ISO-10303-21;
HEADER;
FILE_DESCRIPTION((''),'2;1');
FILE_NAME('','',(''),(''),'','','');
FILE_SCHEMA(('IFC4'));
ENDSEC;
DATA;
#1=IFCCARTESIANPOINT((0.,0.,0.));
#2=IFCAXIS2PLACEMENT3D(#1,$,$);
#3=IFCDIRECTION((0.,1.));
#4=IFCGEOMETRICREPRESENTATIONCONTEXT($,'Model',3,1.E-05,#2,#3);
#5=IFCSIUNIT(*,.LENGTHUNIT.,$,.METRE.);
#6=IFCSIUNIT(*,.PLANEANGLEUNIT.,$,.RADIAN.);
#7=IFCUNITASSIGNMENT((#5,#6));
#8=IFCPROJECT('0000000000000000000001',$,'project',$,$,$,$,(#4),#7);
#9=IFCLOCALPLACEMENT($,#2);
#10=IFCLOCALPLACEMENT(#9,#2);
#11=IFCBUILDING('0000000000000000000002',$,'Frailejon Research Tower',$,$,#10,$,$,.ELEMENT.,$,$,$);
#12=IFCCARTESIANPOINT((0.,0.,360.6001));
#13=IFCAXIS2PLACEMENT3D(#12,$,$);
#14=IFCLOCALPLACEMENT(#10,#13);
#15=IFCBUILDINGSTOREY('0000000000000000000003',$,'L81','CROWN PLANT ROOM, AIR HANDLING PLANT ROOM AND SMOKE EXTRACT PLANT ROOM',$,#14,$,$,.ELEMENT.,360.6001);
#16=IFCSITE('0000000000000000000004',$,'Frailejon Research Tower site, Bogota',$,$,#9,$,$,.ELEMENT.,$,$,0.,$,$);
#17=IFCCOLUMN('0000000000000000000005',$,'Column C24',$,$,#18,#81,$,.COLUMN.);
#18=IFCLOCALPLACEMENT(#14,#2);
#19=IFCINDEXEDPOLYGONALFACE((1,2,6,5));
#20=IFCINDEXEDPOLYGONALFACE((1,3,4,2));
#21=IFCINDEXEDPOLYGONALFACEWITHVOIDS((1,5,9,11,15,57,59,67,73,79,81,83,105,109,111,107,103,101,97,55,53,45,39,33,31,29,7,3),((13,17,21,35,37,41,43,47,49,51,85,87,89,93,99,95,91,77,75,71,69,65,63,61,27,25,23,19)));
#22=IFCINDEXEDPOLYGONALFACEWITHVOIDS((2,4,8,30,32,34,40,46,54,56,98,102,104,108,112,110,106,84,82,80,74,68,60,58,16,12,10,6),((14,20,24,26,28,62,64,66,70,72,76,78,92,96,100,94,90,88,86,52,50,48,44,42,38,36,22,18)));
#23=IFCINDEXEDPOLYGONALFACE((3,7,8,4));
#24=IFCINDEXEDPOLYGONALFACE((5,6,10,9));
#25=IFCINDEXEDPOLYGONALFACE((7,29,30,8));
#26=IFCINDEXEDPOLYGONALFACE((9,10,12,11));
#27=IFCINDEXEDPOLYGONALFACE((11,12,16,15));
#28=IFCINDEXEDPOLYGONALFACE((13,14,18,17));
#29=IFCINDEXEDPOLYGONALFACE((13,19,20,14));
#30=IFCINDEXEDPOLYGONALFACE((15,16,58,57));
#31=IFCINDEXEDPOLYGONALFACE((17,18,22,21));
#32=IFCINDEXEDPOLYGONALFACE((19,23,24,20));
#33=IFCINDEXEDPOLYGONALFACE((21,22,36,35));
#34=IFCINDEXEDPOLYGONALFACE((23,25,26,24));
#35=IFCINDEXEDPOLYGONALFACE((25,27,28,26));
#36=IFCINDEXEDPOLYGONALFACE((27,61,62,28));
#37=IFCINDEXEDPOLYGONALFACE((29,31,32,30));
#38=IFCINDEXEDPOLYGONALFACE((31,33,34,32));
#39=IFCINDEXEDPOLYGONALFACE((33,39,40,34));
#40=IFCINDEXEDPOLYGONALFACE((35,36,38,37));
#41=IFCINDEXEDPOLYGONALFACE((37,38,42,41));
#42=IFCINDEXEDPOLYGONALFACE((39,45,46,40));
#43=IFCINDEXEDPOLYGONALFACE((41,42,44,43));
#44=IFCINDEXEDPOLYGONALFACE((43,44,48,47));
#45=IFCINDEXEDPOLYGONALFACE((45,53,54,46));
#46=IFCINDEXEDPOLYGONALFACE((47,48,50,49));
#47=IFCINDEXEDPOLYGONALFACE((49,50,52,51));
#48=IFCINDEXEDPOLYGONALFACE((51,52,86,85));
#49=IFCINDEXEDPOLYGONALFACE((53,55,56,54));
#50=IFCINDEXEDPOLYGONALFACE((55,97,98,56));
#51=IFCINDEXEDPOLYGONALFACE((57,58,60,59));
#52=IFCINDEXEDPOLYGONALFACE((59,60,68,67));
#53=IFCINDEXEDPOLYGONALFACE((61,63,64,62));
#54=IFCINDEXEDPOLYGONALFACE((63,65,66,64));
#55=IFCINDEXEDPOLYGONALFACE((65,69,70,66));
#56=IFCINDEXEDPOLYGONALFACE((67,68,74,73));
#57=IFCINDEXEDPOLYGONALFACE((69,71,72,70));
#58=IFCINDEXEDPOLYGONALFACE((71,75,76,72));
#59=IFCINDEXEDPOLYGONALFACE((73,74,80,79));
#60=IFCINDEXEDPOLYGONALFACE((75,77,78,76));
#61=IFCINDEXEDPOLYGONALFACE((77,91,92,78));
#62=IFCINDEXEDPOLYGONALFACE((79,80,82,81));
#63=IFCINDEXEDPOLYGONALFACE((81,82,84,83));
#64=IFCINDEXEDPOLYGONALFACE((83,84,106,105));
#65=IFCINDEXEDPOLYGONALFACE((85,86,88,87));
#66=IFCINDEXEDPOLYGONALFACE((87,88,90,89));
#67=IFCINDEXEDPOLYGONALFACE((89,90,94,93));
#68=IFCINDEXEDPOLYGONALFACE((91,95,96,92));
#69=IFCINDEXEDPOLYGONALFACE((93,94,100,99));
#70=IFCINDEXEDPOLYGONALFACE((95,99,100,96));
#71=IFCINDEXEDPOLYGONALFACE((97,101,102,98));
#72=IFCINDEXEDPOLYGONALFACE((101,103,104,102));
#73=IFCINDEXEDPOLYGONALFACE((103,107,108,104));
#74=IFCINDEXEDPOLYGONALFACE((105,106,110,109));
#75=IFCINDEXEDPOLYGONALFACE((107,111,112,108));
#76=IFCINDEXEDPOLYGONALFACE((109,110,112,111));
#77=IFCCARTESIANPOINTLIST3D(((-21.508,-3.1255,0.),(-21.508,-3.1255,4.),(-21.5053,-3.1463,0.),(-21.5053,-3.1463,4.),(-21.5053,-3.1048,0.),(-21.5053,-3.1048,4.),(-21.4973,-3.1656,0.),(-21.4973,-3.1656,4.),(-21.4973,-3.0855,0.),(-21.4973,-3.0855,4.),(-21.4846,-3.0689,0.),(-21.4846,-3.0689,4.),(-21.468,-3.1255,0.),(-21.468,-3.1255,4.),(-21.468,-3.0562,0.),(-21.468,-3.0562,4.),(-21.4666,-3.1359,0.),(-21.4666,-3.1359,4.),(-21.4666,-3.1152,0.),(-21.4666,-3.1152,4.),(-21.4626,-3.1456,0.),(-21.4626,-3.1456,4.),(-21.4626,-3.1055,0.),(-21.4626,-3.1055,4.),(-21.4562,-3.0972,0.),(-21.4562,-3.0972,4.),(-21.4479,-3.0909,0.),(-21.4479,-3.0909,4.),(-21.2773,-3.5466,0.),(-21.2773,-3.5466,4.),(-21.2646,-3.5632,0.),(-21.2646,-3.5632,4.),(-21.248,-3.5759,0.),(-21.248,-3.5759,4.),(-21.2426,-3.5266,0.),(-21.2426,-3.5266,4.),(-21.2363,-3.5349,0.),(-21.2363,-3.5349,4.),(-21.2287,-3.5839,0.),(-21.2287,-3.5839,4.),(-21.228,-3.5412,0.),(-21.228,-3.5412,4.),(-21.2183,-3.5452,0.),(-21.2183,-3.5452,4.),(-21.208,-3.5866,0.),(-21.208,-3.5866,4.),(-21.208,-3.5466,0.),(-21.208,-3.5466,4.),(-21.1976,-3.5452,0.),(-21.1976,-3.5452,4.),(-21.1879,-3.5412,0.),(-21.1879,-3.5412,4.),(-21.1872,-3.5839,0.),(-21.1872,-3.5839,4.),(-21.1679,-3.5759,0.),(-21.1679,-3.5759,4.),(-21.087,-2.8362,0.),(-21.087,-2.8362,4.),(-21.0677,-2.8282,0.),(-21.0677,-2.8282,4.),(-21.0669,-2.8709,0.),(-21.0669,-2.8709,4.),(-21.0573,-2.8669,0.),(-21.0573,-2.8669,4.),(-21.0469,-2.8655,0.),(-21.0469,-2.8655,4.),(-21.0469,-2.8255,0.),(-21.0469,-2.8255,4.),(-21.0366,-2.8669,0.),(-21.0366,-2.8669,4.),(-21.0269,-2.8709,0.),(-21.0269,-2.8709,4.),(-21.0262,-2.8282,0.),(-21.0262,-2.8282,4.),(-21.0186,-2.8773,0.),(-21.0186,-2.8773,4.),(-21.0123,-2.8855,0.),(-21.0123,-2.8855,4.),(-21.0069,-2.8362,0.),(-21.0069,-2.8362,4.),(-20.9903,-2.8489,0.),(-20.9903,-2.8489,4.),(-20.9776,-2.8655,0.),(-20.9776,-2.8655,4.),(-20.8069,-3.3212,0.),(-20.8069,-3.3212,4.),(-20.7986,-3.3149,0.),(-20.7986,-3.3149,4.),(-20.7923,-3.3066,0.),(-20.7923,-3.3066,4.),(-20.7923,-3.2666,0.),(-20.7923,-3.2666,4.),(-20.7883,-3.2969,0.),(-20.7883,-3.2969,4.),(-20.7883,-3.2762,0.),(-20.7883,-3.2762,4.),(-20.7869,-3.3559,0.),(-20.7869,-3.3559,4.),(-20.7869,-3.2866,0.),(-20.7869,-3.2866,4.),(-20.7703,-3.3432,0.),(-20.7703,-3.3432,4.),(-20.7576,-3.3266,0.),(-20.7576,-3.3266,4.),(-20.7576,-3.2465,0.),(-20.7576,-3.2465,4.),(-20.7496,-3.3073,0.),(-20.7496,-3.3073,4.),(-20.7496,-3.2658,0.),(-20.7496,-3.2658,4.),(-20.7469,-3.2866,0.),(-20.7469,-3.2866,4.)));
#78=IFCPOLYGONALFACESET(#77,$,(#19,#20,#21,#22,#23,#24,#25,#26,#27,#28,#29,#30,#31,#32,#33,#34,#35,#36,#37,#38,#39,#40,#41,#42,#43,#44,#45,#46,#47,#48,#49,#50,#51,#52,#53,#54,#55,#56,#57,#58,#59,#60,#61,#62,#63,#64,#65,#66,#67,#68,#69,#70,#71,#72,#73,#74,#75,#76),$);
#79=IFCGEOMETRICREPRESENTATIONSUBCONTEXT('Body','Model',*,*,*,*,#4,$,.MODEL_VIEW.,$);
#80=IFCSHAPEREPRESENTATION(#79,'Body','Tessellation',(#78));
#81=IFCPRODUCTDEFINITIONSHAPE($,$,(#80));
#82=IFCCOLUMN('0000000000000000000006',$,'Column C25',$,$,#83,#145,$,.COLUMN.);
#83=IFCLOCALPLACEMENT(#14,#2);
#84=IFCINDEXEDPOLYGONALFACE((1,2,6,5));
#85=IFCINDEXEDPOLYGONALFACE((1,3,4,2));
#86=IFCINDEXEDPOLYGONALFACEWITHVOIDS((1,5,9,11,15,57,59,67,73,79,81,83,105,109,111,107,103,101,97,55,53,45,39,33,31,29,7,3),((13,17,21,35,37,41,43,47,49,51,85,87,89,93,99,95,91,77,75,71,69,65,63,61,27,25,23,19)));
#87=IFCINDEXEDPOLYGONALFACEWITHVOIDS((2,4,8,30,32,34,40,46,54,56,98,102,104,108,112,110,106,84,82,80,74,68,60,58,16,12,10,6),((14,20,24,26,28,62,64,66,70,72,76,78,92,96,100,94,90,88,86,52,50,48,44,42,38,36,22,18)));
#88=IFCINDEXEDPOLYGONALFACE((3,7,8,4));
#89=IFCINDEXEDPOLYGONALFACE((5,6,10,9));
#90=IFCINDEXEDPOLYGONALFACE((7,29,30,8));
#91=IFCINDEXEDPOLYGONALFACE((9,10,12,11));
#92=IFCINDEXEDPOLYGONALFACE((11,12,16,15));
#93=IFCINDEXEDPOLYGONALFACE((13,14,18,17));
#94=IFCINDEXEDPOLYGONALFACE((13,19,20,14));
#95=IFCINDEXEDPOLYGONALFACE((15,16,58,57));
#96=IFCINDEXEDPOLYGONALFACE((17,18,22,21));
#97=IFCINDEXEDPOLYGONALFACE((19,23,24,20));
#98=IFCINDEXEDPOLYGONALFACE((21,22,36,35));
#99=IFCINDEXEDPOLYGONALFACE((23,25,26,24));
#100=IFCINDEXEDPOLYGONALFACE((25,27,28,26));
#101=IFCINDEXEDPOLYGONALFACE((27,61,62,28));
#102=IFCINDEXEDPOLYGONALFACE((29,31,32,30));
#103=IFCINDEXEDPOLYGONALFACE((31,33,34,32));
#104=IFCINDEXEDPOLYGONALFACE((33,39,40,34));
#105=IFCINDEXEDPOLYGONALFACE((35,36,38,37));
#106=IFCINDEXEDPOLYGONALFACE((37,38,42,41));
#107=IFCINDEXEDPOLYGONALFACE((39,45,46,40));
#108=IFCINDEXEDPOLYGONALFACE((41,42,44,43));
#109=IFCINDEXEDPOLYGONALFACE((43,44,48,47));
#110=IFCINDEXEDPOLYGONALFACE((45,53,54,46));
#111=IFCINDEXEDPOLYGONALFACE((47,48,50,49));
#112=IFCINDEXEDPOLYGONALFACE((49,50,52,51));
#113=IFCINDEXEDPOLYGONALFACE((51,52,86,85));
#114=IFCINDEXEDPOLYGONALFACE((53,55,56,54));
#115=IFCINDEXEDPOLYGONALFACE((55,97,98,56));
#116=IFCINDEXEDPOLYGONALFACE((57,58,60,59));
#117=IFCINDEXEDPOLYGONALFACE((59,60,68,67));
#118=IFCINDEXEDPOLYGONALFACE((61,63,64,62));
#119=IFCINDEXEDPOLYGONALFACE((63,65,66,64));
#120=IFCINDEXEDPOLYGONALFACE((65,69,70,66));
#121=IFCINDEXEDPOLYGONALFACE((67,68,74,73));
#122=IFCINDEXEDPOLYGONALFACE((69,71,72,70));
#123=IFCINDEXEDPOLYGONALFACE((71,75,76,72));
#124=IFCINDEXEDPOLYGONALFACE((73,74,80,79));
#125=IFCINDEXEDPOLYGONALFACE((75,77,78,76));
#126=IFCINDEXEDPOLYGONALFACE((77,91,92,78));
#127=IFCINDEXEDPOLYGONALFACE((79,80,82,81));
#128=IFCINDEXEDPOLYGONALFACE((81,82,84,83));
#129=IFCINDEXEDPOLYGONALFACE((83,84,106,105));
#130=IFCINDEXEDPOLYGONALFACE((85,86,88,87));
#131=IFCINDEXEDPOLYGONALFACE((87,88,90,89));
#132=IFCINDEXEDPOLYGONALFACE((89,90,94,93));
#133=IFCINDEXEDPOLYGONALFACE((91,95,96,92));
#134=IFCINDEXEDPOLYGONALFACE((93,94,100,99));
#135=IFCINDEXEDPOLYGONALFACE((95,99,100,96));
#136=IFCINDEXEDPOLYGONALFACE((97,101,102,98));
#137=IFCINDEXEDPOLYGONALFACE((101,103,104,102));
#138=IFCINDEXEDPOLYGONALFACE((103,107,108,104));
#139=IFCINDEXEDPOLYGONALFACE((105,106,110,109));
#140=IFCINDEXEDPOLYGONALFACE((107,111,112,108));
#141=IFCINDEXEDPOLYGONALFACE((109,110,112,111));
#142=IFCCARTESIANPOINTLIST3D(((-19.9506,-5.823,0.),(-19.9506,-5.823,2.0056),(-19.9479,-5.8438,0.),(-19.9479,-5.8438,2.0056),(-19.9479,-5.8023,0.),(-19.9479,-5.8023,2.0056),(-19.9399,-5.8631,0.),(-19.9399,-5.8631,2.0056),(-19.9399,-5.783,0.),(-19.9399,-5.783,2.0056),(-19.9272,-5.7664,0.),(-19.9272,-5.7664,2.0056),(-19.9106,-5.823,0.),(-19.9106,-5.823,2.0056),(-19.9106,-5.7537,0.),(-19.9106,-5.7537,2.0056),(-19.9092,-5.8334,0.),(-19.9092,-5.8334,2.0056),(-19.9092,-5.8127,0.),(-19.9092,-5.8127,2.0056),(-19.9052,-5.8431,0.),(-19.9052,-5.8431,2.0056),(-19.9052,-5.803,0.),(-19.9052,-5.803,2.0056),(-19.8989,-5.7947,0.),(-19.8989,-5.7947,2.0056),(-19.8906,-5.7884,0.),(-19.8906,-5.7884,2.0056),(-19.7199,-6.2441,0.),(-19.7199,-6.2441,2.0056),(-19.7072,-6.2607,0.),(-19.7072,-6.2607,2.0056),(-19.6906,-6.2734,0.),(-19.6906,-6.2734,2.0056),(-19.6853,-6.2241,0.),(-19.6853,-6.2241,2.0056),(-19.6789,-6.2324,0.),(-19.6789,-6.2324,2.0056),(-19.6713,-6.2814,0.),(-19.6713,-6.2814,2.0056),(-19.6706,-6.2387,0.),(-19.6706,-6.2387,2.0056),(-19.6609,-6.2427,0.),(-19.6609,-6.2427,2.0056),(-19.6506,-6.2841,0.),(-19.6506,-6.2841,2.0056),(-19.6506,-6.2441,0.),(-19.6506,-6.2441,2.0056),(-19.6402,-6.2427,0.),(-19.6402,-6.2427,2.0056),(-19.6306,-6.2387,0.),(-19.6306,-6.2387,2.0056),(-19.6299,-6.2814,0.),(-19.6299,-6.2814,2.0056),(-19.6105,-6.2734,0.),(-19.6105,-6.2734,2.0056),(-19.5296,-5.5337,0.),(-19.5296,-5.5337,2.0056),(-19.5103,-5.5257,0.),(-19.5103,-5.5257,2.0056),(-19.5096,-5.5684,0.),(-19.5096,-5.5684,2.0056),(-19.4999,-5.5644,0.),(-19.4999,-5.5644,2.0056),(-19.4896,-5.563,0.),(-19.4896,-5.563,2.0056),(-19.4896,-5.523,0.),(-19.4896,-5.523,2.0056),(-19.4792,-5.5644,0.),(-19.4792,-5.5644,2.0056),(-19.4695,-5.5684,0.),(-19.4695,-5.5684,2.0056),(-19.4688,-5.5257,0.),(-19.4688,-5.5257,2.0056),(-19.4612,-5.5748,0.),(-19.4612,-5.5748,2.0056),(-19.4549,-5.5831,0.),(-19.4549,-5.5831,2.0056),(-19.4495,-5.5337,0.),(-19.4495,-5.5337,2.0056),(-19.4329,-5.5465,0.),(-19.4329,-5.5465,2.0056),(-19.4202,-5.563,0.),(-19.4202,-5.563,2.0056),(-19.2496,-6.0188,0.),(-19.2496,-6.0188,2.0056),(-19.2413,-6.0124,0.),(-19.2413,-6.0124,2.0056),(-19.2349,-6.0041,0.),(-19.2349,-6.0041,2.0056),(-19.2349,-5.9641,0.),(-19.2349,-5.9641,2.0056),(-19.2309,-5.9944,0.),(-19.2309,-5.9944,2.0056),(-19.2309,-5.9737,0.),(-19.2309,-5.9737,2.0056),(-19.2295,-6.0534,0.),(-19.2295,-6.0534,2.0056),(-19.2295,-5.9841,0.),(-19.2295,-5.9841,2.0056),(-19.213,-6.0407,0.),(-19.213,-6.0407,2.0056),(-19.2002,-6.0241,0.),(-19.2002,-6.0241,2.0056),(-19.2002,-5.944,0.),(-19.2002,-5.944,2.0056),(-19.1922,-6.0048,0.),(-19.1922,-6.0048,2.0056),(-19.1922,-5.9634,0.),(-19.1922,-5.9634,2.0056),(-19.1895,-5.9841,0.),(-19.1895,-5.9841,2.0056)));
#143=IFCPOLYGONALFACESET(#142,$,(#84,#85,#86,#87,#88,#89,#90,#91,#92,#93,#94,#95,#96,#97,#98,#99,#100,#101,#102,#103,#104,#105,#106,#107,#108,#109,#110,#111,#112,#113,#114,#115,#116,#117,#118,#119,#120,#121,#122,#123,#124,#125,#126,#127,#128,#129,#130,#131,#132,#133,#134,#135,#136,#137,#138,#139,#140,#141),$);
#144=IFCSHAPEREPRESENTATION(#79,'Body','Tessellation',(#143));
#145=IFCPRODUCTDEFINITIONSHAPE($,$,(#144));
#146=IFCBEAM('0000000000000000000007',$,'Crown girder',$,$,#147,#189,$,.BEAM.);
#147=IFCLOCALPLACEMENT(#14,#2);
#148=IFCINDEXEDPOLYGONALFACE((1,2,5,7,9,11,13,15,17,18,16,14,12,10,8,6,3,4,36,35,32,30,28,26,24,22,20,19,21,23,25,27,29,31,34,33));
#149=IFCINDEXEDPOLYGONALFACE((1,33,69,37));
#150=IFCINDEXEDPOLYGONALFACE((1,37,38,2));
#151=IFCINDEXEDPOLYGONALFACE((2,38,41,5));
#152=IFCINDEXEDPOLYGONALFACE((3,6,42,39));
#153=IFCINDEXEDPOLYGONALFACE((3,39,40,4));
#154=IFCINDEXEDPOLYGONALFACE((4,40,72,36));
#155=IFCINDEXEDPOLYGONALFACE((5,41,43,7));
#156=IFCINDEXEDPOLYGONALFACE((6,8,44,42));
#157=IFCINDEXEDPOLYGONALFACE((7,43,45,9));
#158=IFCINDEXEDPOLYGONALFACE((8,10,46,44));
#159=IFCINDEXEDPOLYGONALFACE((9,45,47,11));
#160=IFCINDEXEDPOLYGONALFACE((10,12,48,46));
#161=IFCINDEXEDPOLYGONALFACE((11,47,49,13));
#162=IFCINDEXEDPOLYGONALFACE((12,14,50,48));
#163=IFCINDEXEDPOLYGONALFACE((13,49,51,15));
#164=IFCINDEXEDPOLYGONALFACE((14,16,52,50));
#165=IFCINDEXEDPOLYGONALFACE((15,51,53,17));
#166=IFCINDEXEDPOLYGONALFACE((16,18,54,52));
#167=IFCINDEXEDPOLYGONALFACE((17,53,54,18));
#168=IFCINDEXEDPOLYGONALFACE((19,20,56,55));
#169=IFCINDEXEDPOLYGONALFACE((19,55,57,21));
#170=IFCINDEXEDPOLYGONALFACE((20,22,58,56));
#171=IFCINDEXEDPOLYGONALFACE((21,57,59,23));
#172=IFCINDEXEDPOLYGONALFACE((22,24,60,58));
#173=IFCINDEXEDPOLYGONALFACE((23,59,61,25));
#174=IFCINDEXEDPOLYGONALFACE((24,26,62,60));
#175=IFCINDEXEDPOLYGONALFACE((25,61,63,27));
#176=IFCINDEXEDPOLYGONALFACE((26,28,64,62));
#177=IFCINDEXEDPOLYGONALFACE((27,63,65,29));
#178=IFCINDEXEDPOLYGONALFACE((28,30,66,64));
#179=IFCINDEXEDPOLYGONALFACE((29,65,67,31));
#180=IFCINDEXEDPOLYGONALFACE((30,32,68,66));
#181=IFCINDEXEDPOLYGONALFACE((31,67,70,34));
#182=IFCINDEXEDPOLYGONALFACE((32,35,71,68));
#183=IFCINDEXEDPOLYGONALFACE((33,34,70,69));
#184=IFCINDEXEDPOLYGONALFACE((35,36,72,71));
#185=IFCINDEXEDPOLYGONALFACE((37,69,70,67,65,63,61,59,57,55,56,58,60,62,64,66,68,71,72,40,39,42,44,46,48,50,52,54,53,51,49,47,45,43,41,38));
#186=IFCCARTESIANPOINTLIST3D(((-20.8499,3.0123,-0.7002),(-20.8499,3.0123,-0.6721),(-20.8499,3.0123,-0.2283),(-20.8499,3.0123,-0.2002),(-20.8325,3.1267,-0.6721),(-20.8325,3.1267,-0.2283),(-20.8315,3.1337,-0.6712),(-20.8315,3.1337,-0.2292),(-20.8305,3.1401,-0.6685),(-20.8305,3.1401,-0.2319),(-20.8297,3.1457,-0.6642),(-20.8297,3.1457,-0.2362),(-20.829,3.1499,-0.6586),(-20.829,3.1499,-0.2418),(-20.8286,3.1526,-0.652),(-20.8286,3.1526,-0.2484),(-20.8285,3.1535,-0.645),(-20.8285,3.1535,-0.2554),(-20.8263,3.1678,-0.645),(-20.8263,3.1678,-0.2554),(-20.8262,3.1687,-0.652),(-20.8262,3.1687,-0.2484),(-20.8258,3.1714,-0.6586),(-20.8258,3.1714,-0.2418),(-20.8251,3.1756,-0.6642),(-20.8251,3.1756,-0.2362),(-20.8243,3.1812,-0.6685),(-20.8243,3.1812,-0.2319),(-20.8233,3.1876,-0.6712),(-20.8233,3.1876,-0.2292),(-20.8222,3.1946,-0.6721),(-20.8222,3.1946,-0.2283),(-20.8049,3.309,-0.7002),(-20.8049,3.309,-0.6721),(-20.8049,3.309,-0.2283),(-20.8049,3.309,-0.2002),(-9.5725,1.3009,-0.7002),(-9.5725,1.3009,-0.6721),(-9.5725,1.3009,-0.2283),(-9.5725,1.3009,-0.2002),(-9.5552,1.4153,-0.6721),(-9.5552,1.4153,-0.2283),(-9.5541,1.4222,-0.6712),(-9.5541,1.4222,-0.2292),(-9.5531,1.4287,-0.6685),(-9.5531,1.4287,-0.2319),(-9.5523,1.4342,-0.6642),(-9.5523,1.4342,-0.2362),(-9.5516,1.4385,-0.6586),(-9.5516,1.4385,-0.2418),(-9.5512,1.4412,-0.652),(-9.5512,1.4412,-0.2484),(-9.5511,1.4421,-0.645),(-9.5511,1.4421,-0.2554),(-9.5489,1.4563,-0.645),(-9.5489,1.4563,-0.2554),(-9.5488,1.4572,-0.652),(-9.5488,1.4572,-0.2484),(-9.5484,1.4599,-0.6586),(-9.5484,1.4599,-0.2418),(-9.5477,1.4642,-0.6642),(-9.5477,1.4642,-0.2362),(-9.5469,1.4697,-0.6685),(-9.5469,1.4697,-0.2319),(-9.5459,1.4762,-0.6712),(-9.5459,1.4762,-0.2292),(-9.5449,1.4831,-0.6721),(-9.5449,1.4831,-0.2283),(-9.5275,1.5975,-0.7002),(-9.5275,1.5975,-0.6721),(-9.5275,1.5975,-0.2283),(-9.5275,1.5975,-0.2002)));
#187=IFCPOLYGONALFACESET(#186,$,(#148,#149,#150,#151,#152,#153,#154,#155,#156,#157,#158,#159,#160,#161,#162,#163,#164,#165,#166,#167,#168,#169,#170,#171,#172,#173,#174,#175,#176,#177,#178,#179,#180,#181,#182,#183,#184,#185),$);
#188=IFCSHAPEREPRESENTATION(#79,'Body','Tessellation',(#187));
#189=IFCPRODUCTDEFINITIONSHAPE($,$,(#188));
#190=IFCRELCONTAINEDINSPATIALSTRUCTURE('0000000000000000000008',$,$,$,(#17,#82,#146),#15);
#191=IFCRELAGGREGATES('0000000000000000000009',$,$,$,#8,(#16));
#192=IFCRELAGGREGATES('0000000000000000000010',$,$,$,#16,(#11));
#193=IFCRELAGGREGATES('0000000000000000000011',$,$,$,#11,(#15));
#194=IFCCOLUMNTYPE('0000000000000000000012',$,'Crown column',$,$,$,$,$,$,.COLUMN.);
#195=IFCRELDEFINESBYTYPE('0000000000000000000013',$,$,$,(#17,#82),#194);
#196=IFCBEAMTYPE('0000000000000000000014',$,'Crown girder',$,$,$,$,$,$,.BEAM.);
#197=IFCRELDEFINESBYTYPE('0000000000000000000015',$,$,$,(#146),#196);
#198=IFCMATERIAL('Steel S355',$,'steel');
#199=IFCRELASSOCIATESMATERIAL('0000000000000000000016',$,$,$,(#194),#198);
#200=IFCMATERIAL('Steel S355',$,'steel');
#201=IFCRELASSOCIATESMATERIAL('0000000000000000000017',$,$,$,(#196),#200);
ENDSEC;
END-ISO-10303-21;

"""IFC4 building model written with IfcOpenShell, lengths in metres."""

from ifc_helpers import new_model, si_unit, direction, frame, origin, origin_2d, place, context, subcontext, project, spatial, hollow_rectangle, i_section, extrude, material, material_profile, profile_set, type_object, element, save


model = new_model("IFC4")

# Units and contexts
model_context = context("Model", 3, precision=1e-05, world=origin(), true_north=direction((0.0, 1.0)))
body_context = subcontext(model_context, "Body", "Model", "MODEL_VIEW")
ifc_project = project(units=[si_unit("LENGTHUNIT", "METRE"), si_unit("PLANEANGLEUNIT", "RADIAN")], contexts=[model_context])

# Site, building, storey
site_placement = place(None, origin())
site = spatial("IfcSite", under=ifc_project, at=site_placement, Name="Frailejon Research Tower site, Bogota", CompositionType="ELEMENT", RefElevation=0.0)
building_placement = place(site_placement, origin())
building = spatial("IfcBuilding", under=site, at=building_placement, Name="Frailejon Research Tower", CompositionType="ELEMENT")
storey_placement = place(building_placement, frame((0.0, 0.0, 360.6001)))
storey = spatial("IfcBuildingStorey", under=building, at=storey_placement, Name="L81", Description="CROWN PLANT ROOM, AIR HANDLING PLANT ROOM AND SMOKE EXTRACT PLANT ROOM", CompositionType="ELEMENT", Elevation=360.6001)

# Columns
ifc_material_1 = material(Name="Steel S355", Category="steel")
ifc_material_profile_1 = material_profile(ifc_material_1, hollow_rectangle(XDim=0.6001, YDim=0.6001, WallThickness=0.04, InnerFilletRadius=0.04, OuterFilletRadius=0.0801, at=origin_2d()), Name="Crown column")
ifc_profile_set_1 = profile_set([ifc_material_profile_1], Name="Steel S355")
column_type = type_object("IfcColumnType", Name="Crown column", PredefinedType="COLUMN", material=ifc_profile_set_1)
for number, where, z_axis, x_axis, name in (
    (1, (-21.1274, -3.2061, 0.0), (0.0, 0.0, 1.0), (0.5, -0.866025, 0.0), "Column C24"),
):
    element("IfcColumn", number, at=place(storey_placement, frame(where, z_axis=z_axis, x_axis=x_axis)), inside=storey, type_object=column_type, Name=name, PredefinedType="COLUMN", context=body_context, shape_type="SweptSolid", body=[
        extrude(hollow_rectangle(XDim=0.6001, YDim=0.6001, WallThickness=0.04, InnerFilletRadius=0.04, OuterFilletRadius=0.0801, at=origin_2d()), origin(), (0.0, 0.0, 1.0), 4.0),
    ])
column_placement = place(storey_placement, frame((-19.5701, -5.9036, 0.0), z_axis=(0.0, 0.0, 1.0), x_axis=(0.5, -0.866025, 0.0)))
element("IfcColumn", 2, at=column_placement, inside=storey, type_object=column_type, Name="Column C25", PredefinedType="COLUMN", context=body_context, shape_type="SweptSolid", body=[
    extrude(hollow_rectangle(XDim=0.6001, YDim=0.6001, WallThickness=0.04, InnerFilletRadius=0.04, OuterFilletRadius=0.0801, at=origin_2d()), origin(), (0.0, 0.0, 1.0), 2.0056),
])

# Beam
ifc_material_2 = material(Name="Steel S355", Category="steel")
ifc_material_profile_2 = material_profile(ifc_material_2, i_section(OverallWidth=0.3, OverallDepth=0.5, WebThickness=0.0144, FlangeThickness=0.0281, FilletRadius=0.0271, at=origin_2d()), Name="HE 500 B")
ifc_profile_set_2 = profile_set([ifc_material_profile_2], Name="Steel S355")
beam_type_1 = type_object("IfcBeamType", Name="Crown girder", PredefinedType="BEAM", material=ifc_profile_set_2)
beam_1_placement = place(storey_placement, frame((-20.8274, 3.1606, -0.4502), z_axis=(0.98868, -0.15004, 0.0), x_axis=(0.15004, 0.98868, 0.0)))
element("IfcBeam", 3, at=beam_1_placement, inside=storey, type_object=beam_type_1, Name="Crown girder", PredefinedType="BEAM", context=body_context, shape_type="SweptSolid", body=[
    extrude(i_section(OverallWidth=0.3, OverallDepth=0.5, WebThickness=0.0144, FlangeThickness=0.0281, FilletRadius=0.0271, at=origin_2d()), origin(), (0.0, 0.0, 1.0), 11.4065),
])

save(model, "model.ifc")
